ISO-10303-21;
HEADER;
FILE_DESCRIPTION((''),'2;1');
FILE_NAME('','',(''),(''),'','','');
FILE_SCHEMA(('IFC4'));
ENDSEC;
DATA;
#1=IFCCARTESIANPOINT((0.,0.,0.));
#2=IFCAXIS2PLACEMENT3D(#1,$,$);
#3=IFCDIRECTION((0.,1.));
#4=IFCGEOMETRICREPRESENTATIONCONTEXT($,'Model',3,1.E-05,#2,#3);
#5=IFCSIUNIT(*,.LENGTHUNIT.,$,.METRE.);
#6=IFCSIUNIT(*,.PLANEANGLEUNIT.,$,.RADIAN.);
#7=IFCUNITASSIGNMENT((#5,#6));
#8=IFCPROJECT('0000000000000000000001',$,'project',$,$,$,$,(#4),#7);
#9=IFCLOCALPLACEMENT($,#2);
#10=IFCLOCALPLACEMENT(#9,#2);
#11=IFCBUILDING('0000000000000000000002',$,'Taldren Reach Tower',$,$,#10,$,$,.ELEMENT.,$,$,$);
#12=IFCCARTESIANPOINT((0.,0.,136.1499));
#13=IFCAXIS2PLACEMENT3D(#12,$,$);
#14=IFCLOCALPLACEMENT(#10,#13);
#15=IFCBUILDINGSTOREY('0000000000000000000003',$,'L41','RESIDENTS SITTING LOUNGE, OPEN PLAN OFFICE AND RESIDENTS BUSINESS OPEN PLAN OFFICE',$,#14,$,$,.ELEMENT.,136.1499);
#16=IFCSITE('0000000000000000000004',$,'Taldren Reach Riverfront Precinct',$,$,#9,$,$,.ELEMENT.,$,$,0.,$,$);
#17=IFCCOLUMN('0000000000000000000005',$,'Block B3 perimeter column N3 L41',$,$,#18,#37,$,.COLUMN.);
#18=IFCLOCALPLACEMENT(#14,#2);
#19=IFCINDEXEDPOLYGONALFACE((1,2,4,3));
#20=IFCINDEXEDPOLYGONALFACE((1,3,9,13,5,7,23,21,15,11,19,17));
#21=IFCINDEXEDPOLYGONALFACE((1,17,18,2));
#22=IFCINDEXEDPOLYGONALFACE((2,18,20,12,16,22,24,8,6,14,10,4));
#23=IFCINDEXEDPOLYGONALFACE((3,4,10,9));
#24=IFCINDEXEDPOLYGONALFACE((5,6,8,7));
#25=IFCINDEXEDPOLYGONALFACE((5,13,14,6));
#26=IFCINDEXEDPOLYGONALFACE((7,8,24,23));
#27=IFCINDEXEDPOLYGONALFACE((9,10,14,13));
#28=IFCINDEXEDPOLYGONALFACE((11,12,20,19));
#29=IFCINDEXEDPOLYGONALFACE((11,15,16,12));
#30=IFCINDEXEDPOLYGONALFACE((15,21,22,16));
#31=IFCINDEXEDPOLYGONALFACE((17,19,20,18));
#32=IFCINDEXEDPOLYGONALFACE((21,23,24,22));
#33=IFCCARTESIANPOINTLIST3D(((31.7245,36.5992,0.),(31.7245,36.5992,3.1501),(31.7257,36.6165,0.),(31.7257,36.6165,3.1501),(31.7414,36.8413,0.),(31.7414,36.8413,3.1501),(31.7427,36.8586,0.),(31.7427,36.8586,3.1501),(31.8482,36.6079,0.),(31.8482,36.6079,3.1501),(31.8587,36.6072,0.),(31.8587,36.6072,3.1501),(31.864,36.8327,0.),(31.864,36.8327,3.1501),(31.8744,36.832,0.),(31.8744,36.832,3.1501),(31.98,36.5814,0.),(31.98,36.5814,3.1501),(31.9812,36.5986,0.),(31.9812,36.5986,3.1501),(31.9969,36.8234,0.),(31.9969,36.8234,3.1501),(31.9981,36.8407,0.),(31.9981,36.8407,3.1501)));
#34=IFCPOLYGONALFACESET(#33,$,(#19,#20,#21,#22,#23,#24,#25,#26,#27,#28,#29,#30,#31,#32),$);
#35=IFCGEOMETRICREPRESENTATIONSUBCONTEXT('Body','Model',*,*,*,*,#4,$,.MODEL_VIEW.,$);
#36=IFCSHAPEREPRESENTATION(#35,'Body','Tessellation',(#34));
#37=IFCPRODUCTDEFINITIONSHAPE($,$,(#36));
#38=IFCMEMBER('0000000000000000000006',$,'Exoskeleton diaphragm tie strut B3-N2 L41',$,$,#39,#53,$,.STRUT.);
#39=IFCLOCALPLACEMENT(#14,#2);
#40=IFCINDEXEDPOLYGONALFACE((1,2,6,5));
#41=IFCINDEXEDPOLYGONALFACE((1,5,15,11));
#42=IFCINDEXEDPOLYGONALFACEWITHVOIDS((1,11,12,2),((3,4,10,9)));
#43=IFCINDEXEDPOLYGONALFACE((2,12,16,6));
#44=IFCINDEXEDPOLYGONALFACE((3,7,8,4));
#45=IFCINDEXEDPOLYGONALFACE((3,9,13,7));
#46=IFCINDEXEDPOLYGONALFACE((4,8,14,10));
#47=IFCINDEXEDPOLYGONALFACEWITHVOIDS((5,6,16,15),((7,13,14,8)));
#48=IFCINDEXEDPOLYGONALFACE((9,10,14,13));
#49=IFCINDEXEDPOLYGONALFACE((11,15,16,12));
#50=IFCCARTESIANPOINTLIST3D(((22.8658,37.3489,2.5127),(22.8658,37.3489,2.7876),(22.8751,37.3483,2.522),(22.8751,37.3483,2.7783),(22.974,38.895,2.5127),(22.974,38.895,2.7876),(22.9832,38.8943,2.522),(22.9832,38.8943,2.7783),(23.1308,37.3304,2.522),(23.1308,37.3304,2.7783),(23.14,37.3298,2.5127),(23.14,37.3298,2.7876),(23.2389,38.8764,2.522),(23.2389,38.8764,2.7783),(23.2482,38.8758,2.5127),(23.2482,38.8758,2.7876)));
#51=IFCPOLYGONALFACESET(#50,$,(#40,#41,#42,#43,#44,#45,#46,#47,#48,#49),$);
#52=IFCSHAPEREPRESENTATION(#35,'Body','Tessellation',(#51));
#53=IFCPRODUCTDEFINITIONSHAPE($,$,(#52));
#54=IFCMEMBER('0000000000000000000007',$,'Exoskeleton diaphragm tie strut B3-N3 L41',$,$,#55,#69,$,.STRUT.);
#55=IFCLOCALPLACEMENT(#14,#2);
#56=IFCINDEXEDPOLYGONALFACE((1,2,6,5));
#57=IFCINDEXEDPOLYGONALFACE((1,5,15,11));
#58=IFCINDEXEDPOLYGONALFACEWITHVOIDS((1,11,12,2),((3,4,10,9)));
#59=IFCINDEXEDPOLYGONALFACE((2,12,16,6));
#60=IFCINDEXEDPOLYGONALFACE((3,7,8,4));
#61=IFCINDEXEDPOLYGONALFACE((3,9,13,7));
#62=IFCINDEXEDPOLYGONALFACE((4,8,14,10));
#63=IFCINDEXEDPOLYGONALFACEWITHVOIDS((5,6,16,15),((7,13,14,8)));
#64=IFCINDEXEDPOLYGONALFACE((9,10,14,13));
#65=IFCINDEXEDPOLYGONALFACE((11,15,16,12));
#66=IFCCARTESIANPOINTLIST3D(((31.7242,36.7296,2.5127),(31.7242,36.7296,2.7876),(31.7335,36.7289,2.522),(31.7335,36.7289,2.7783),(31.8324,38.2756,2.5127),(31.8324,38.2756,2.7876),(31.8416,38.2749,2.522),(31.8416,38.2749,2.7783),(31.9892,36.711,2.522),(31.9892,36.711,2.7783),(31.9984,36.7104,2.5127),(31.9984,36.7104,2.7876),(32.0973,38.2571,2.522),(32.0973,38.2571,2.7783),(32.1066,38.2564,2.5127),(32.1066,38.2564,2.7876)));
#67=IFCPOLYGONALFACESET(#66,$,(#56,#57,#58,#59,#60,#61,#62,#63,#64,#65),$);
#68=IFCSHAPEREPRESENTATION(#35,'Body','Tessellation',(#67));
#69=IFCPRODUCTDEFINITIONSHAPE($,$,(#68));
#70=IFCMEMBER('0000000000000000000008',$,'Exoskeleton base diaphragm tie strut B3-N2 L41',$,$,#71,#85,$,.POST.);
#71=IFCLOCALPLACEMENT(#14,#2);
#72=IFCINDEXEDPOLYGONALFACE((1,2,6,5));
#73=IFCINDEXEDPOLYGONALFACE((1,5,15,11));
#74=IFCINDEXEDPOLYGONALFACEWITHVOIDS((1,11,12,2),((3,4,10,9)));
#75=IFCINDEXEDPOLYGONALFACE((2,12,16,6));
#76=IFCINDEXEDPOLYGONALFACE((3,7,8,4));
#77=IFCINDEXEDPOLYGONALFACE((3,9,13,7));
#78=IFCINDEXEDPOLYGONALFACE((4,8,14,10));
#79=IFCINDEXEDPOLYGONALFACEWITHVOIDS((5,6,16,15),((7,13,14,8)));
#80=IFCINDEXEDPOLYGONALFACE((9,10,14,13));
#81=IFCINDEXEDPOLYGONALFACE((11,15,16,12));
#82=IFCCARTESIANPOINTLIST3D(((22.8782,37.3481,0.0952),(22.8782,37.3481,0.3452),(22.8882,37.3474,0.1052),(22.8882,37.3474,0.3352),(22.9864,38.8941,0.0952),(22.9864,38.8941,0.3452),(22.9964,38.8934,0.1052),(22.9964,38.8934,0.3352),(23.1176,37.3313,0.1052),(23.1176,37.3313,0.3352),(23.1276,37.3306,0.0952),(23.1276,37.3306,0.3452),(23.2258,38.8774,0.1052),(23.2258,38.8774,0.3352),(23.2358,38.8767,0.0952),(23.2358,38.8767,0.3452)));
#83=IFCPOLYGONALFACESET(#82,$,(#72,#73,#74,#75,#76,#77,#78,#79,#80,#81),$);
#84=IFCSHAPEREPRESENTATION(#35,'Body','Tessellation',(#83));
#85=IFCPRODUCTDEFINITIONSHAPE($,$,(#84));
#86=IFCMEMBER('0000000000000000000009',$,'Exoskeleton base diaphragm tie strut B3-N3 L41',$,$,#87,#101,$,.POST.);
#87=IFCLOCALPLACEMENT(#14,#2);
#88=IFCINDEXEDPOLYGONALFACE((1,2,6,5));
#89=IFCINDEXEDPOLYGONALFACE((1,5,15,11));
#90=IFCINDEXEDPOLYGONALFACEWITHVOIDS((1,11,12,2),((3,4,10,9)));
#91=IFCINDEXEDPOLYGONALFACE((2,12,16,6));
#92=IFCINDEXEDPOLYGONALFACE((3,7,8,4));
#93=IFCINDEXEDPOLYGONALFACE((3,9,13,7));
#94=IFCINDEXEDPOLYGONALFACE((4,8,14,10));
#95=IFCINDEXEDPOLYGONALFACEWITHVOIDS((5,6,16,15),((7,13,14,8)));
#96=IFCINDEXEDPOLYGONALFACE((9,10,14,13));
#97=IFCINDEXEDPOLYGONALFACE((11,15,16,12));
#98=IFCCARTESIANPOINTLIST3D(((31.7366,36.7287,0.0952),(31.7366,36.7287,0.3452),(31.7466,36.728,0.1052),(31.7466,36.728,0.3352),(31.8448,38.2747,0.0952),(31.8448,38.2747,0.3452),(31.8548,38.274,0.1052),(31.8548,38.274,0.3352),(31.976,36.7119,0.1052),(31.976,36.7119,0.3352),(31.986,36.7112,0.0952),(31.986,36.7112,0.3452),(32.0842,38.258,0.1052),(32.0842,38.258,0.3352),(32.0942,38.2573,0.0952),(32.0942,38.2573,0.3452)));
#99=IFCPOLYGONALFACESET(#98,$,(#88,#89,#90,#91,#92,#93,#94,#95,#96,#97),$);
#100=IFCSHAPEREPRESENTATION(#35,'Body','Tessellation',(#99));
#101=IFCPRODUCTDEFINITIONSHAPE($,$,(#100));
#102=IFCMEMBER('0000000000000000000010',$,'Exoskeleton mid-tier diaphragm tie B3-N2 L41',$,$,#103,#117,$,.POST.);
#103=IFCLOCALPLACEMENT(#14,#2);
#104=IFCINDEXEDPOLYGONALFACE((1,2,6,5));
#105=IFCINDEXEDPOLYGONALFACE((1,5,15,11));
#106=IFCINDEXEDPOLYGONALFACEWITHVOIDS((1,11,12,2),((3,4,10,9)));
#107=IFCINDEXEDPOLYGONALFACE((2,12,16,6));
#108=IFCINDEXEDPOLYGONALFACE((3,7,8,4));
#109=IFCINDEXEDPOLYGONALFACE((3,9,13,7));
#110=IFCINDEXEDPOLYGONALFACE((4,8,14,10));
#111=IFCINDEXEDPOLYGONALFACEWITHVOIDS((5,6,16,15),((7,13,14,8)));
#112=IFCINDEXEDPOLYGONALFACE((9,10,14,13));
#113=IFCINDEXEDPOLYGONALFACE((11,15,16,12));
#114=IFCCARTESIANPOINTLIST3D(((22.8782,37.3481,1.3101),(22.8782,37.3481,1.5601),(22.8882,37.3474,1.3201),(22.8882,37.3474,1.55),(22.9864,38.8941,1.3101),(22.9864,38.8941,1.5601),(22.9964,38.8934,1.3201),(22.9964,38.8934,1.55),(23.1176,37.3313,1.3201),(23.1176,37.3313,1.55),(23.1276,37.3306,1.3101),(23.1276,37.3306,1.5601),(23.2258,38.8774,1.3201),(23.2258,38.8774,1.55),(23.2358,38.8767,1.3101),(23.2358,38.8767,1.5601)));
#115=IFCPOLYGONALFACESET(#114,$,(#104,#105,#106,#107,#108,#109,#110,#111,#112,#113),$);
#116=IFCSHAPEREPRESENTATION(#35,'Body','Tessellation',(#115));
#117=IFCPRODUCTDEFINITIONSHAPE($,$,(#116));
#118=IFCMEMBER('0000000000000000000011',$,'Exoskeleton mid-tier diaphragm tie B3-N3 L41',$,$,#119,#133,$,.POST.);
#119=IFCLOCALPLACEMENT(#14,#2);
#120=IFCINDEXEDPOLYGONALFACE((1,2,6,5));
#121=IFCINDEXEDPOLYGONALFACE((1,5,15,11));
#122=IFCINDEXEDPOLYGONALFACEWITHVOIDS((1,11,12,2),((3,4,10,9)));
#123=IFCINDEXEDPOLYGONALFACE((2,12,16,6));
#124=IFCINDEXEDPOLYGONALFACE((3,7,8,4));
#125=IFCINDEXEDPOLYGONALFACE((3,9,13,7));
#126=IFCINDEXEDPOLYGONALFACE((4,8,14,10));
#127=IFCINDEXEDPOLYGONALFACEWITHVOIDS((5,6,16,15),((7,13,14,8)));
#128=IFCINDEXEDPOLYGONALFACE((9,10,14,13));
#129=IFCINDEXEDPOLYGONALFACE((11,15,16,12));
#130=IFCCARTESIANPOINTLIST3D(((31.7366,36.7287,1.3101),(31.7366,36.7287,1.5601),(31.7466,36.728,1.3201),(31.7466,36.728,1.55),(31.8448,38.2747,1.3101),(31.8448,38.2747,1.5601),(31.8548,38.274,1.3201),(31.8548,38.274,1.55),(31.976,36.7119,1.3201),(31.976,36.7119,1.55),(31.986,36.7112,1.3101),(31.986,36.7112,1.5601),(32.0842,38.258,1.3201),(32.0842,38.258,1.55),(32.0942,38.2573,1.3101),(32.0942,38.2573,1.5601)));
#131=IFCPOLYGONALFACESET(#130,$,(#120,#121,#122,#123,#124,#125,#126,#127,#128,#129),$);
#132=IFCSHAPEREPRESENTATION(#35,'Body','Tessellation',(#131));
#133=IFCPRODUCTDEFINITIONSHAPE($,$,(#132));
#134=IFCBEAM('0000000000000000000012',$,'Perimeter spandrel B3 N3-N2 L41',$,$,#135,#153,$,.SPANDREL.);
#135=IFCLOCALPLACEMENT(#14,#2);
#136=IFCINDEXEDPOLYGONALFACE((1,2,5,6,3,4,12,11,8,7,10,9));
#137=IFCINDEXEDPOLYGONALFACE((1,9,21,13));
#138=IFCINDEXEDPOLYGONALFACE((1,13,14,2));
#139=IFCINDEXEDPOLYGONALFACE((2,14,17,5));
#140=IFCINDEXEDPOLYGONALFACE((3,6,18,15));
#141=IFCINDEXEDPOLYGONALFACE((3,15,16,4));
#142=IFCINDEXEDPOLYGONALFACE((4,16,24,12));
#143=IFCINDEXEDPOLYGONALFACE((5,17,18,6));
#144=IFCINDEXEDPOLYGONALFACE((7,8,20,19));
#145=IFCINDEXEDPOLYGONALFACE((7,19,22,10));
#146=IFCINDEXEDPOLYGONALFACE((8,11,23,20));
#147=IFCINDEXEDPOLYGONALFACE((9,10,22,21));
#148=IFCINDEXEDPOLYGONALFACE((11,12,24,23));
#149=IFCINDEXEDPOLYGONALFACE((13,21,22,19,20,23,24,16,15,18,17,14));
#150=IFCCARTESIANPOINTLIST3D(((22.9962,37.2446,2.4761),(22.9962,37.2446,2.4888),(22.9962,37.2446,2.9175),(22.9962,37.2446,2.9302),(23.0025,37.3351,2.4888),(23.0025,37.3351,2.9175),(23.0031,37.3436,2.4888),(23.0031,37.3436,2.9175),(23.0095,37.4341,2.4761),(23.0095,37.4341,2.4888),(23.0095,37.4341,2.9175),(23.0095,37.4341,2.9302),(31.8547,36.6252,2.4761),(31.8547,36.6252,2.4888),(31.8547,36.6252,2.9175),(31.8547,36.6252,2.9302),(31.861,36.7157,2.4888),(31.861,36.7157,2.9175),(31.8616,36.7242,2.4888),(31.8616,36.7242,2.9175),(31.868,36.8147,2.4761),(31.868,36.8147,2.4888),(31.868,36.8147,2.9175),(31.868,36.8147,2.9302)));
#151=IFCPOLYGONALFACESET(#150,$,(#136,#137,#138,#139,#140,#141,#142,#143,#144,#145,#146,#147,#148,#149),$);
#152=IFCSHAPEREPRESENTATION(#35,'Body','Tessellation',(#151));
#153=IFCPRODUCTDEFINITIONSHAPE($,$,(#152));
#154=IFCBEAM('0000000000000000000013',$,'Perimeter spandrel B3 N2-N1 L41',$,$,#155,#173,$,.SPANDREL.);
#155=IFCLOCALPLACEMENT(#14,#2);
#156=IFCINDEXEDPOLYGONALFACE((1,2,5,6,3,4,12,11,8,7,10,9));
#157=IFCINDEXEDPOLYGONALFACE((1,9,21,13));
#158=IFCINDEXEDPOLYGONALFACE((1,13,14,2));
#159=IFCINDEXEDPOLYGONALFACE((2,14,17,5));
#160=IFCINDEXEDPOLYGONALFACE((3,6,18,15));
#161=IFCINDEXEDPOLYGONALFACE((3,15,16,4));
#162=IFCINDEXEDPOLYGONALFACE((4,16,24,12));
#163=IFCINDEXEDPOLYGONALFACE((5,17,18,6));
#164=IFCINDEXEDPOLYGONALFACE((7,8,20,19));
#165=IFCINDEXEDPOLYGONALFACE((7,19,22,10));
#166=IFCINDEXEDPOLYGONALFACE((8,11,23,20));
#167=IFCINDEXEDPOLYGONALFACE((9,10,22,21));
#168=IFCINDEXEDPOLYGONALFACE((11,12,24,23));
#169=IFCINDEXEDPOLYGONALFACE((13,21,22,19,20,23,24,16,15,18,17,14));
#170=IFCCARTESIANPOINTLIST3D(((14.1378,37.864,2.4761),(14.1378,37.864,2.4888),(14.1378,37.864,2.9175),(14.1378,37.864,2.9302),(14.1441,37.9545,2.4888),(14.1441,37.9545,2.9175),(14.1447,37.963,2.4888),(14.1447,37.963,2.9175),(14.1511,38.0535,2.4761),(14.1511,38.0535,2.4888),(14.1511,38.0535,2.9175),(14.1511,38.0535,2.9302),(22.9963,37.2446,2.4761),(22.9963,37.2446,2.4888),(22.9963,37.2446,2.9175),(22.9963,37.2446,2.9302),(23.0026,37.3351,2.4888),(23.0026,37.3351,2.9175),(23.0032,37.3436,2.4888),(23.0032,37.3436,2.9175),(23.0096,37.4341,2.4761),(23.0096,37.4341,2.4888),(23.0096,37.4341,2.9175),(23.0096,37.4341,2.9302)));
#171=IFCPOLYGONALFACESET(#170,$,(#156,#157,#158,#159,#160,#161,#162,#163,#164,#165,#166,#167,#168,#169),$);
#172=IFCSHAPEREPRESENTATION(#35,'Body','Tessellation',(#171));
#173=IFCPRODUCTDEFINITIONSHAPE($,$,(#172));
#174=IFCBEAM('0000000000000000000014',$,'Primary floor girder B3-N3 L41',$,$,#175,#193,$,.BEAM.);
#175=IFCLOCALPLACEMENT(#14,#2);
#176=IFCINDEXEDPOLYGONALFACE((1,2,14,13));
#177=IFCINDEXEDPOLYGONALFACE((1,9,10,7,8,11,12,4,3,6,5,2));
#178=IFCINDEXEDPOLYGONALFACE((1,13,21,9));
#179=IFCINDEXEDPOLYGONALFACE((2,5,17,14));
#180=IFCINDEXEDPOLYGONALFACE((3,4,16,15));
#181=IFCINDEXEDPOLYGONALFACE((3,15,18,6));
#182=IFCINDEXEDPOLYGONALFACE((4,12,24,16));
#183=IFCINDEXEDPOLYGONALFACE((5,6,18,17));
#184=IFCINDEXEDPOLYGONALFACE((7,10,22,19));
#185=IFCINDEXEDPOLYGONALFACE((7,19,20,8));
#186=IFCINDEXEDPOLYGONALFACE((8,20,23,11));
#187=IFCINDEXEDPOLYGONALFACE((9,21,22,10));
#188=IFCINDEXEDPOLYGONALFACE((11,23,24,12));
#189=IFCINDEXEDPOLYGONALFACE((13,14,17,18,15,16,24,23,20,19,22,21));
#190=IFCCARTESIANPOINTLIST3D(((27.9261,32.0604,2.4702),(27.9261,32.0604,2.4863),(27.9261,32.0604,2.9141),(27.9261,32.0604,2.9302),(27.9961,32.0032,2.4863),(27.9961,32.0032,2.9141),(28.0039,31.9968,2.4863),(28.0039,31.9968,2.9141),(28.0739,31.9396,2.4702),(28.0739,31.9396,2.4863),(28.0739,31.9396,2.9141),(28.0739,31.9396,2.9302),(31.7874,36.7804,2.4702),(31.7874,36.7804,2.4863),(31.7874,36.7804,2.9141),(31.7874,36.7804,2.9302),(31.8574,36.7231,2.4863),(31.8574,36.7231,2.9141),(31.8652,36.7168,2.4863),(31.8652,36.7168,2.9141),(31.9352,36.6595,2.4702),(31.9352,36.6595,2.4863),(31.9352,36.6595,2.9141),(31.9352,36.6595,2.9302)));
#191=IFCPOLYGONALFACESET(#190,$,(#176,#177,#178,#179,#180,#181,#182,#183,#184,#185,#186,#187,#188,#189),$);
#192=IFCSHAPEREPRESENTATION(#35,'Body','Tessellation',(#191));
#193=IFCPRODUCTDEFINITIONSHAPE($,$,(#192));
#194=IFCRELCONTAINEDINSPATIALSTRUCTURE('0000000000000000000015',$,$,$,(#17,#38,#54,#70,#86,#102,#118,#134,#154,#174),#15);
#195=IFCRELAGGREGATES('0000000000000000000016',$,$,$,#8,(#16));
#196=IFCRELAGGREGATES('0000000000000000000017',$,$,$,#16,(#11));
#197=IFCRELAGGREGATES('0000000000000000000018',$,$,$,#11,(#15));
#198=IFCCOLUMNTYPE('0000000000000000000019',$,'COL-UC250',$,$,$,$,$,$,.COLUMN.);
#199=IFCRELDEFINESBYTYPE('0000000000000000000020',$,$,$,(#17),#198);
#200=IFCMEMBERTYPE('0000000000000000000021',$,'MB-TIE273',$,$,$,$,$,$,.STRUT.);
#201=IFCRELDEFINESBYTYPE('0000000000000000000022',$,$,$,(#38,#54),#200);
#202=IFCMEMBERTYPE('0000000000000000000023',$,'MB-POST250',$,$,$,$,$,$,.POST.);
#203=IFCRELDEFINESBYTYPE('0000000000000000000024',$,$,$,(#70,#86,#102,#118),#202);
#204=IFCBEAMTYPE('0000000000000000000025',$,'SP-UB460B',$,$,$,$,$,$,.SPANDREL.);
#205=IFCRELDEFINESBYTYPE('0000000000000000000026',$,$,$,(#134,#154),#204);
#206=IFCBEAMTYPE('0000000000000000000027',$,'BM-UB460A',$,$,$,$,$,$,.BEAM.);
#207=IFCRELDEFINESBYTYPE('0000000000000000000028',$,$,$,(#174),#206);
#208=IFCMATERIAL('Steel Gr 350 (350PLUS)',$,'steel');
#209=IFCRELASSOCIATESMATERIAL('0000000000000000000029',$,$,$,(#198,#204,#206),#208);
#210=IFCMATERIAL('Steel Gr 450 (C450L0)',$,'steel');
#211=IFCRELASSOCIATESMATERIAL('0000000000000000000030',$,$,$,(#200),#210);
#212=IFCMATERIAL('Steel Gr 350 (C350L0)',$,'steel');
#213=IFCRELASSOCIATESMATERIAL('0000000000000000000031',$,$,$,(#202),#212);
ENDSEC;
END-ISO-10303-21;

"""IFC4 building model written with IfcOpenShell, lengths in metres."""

from ifc_helpers import new_model, si_unit, direction, frame, origin, origin_2d, place, context, subcontext, project, spatial, hollow_rectangle, i_section, extrude, source, transform, mapped, material, material_profile, profile_set, type_object, element, save


model = new_model("IFC4")

# Units and contexts
model_context = context("Model", 3, precision=1e-05, world=origin(), true_north=direction((0.0, 1.0)))
body_context = subcontext(model_context, "Body", "Model", "MODEL_VIEW")
ifc_project = project(units=[si_unit("LENGTHUNIT", "METRE"), si_unit("PLANEANGLEUNIT", "RADIAN")], contexts=[model_context])

# Site, building, storey
site_placement = place(None, origin())
site = spatial("IfcSite", under=ifc_project, at=site_placement, Name="Taldren Reach Riverfront Precinct", CompositionType="ELEMENT", RefElevation=0.0)
building_placement = place(site_placement, origin())
building = spatial("IfcBuilding", under=site, at=building_placement, Name="Taldren Reach Tower", CompositionType="ELEMENT")
storey_placement = place(building_placement, frame((0.0, 0.0, 136.1499)))
storey = spatial("IfcBuildingStorey", under=building, at=storey_placement, Name="L41", Description="RESIDENTS SITTING LOUNGE, OPEN PLAN OFFICE AND RESIDENTS BUSINESS OPEN PLAN OFFICE", CompositionType="ELEMENT", Elevation=136.1499)

# Column
ifc_material_1 = material(Name="Steel Gr 350 (350PLUS)", Category="steel")
ifc_material_profile_1 = material_profile(ifc_material_1, i_section(OverallWidth=0.2561, OverallDepth=0.26, WebThickness=0.0105, FlangeThickness=0.0173, at=origin_2d()), Name="250UC89.5")
ifc_profile_set_1 = profile_set([ifc_material_profile_1], Name="Steel Gr 350 (350PLUS)")
column_type = type_object("IfcColumnType", Name="COL-UC250", PredefinedType="COLUMN", material=ifc_profile_set_1)
shared_shape_1 = source(origin(), body_context, "Body", "SweptSolid", [
    extrude(i_section(OverallWidth=0.2561, OverallDepth=0.26, WebThickness=0.0105, FlangeThickness=0.0173, at=origin_2d()), origin(), (0.0, 0.0, 1.0), 3.1501),
])
column_placement = place(storey_placement, frame((31.8613, 36.72, 0.0), z_axis=(0.0, 0.0, 1.0), x_axis=(0.997564, -0.069756, 0.0)))
element("IfcColumn", 1, at=column_placement, inside=storey, type_object=column_type, Name="Block B3 perimeter column N3 L41", PredefinedType="COLUMN", context=body_context, shape_type="MappedRepresentation", body=[
    mapped(shared_shape_1, transform((0.0, 0.0, 0.0), scale=1.0)),
])

# Members
ifc_material_2 = material(Name="Steel Gr 450 (C450L0)", Category="steel")
ifc_material_profile_2 = material_profile(ifc_material_2, hollow_rectangle(XDim=0.2749, YDim=0.2749, WallThickness=0.0093, at=origin_2d()), Name="275x275x9.3SHS")
ifc_profile_set_2 = profile_set([ifc_material_profile_2], Name="Steel Gr 450 (C450L0)")
member_type_1 = type_object("IfcMemberType", Name="MB-TIE273", PredefinedType="STRUT", material=ifc_profile_set_2)
shared_shape_2 = source(origin(), body_context, "Body", "SweptSolid", [
    extrude(hollow_rectangle(XDim=0.2749, YDim=0.2749, WallThickness=0.0093, at=origin_2d()), origin(), (0.0, 0.0, 1.0), 1.5498),
])
for number, where, z_axis, x_axis, name in (
    (2, (23.0029, 37.3394, 2.6501), (0.069781, 0.997562, 0.0), (-0.997562, 0.069781, 0.0), "Exoskeleton diaphragm tie strut B3-N2 L41"),
    (3, (31.8613, 36.72, 2.6501), (0.069781, 0.997562, 0.0), (-0.997562, 0.069781, 0.0), "Exoskeleton diaphragm tie strut B3-N3 L41"),
):
    element("IfcMember", number, at=place(storey_placement, frame(where, z_axis=z_axis, x_axis=x_axis)), inside=storey, type_object=member_type_1, Name=name, PredefinedType="STRUT", context=body_context, shape_type="MappedRepresentation", body=[
        mapped(shared_shape_2, transform((0.0, 0.0, 0.0), scale=1.0)),
    ])
ifc_material_3 = material(Name="Steel Gr 350 (C350L0)", Category="steel")
ifc_material_profile_3 = material_profile(ifc_material_3, hollow_rectangle(XDim=0.25, YDim=0.25, WallThickness=0.01, at=origin_2d()), Name="250x250x10.0SHS")
ifc_profile_set_3 = profile_set([ifc_material_profile_3], Name="Steel Gr 350 (C350L0)")
member_type_2 = type_object("IfcMemberType", Name="MB-POST250", PredefinedType="POST", material=ifc_profile_set_3)
shared_shape_3 = source(origin(), body_context, "Body", "SweptSolid", [
    extrude(hollow_rectangle(XDim=0.25, YDim=0.25, WallThickness=0.01, at=origin_2d()), origin(), (0.0, 0.0, 1.0), 1.5498),
])
for number, where, z_axis, x_axis, name in (
    (4, (23.0029, 37.3394, 0.2202), (0.069781, 0.997562, 0.0), (-0.997562, 0.069781, 0.0), "Exoskeleton base diaphragm tie strut B3-N2 L41"),
    (5, (31.8613, 36.72, 0.2202), (0.069781, 0.997562, 0.0), (-0.997562, 0.069781, 0.0), "Exoskeleton base diaphragm tie strut B3-N3 L41"),
    (6, (23.0029, 37.3394, 1.4351), (0.069781, 0.997562, 0.0), (-0.997562, 0.069781, 0.0), "Exoskeleton mid-tier diaphragm tie B3-N2 L41"),
    (7, (31.8613, 36.72, 1.4351), (0.069781, 0.997562, 0.0), (-0.997562, 0.069781, 0.0), "Exoskeleton mid-tier diaphragm tie B3-N3 L41"),
):
    element("IfcMember", number, at=place(storey_placement, frame(where, z_axis=z_axis, x_axis=x_axis)), inside=storey, type_object=member_type_2, Name=name, PredefinedType="POST", context=body_context, shape_type="MappedRepresentation", body=[
        mapped(shared_shape_3, transform((0.0, 0.0, 0.0), scale=1.0)),
    ])

# Beams
ifc_material_profile_4 = material_profile(ifc_material_1, i_section(OverallWidth=0.1899, OverallDepth=0.4541, WebThickness=0.0085, FlangeThickness=0.0127, at=origin_2d()), Name="460UB67.1")
ifc_profile_set_4 = profile_set([ifc_material_profile_4], Name="Steel Gr 350 (350PLUS)")
beam_type_1 = type_object("IfcBeamType", Name="SP-UB460B", PredefinedType="SPANDREL", material=ifc_profile_set_4)
shared_shape_4 = source(origin(), body_context, "Body", "SweptSolid", [
    extrude(i_section(OverallWidth=0.1899, OverallDepth=0.4541, WebThickness=0.0085, FlangeThickness=0.0127, at=origin_2d()), origin(), (0.0, 0.0, 1.0), 8.8801),
])
for number, where, z_axis, x_axis, name in (
    (8, (31.8613, 36.72, 2.7031), (-0.997564, 0.06975, 0.0), (-0.06975, -0.997564, 0.0), "Perimeter spandrel B3 N3-N2 L41"),
    (9, (23.0029, 37.3394, 2.7031), (-0.997564, 0.06975, 0.0), (-0.06975, -0.997564, 0.0), "Perimeter spandrel B3 N2-N1 L41"),
):
    element("IfcBeam", number, at=place(storey_placement, frame(where, z_axis=z_axis, x_axis=x_axis)), inside=storey, type_object=beam_type_1, Name=name, PredefinedType="SPANDREL", context=body_context, shape_type="MappedRepresentation", body=[
        mapped(shared_shape_4, transform((0.0, 0.0, 0.0), scale=1.0)),
    ])
ifc_material_profile_5 = material_profile(ifc_material_1, i_section(OverallWidth=0.1909, OverallDepth=0.46, WebThickness=0.01, FlangeThickness=0.0161, at=origin_2d()), Name="460UB82.1")
ifc_profile_set_5 = profile_set([ifc_material_profile_5], Name="Steel Gr 350 (350PLUS)")
beam_type_2 = type_object("IfcBeamType", Name="BM-UB460A", PredefinedType="BEAM", material=ifc_profile_set_5)
shared_shape_5 = source(origin(), body_context, "Body", "SweptSolid", [
    extrude(i_section(OverallWidth=0.1909, OverallDepth=0.46, WebThickness=0.01, FlangeThickness=0.0161, at=origin_2d()), origin(), (0.0, 0.0, 1.0), 6.0981),
])
beam_placement = place(storey_placement, frame((28.0, 32.0, 2.7002), z_axis=(0.633192, 0.773995, 0.0), x_axis=(-0.773995, 0.633192, 0.0)))
element("IfcBeam", 10, at=beam_placement, inside=storey, type_object=beam_type_2, Name="Primary floor girder B3-N3 L41", PredefinedType="BEAM", context=body_context, shape_type="MappedRepresentation", body=[
    mapped(shared_shape_5, transform((0.0, 0.0, 0.0), scale=1.0)),
])

save(model, "model.ifc")
